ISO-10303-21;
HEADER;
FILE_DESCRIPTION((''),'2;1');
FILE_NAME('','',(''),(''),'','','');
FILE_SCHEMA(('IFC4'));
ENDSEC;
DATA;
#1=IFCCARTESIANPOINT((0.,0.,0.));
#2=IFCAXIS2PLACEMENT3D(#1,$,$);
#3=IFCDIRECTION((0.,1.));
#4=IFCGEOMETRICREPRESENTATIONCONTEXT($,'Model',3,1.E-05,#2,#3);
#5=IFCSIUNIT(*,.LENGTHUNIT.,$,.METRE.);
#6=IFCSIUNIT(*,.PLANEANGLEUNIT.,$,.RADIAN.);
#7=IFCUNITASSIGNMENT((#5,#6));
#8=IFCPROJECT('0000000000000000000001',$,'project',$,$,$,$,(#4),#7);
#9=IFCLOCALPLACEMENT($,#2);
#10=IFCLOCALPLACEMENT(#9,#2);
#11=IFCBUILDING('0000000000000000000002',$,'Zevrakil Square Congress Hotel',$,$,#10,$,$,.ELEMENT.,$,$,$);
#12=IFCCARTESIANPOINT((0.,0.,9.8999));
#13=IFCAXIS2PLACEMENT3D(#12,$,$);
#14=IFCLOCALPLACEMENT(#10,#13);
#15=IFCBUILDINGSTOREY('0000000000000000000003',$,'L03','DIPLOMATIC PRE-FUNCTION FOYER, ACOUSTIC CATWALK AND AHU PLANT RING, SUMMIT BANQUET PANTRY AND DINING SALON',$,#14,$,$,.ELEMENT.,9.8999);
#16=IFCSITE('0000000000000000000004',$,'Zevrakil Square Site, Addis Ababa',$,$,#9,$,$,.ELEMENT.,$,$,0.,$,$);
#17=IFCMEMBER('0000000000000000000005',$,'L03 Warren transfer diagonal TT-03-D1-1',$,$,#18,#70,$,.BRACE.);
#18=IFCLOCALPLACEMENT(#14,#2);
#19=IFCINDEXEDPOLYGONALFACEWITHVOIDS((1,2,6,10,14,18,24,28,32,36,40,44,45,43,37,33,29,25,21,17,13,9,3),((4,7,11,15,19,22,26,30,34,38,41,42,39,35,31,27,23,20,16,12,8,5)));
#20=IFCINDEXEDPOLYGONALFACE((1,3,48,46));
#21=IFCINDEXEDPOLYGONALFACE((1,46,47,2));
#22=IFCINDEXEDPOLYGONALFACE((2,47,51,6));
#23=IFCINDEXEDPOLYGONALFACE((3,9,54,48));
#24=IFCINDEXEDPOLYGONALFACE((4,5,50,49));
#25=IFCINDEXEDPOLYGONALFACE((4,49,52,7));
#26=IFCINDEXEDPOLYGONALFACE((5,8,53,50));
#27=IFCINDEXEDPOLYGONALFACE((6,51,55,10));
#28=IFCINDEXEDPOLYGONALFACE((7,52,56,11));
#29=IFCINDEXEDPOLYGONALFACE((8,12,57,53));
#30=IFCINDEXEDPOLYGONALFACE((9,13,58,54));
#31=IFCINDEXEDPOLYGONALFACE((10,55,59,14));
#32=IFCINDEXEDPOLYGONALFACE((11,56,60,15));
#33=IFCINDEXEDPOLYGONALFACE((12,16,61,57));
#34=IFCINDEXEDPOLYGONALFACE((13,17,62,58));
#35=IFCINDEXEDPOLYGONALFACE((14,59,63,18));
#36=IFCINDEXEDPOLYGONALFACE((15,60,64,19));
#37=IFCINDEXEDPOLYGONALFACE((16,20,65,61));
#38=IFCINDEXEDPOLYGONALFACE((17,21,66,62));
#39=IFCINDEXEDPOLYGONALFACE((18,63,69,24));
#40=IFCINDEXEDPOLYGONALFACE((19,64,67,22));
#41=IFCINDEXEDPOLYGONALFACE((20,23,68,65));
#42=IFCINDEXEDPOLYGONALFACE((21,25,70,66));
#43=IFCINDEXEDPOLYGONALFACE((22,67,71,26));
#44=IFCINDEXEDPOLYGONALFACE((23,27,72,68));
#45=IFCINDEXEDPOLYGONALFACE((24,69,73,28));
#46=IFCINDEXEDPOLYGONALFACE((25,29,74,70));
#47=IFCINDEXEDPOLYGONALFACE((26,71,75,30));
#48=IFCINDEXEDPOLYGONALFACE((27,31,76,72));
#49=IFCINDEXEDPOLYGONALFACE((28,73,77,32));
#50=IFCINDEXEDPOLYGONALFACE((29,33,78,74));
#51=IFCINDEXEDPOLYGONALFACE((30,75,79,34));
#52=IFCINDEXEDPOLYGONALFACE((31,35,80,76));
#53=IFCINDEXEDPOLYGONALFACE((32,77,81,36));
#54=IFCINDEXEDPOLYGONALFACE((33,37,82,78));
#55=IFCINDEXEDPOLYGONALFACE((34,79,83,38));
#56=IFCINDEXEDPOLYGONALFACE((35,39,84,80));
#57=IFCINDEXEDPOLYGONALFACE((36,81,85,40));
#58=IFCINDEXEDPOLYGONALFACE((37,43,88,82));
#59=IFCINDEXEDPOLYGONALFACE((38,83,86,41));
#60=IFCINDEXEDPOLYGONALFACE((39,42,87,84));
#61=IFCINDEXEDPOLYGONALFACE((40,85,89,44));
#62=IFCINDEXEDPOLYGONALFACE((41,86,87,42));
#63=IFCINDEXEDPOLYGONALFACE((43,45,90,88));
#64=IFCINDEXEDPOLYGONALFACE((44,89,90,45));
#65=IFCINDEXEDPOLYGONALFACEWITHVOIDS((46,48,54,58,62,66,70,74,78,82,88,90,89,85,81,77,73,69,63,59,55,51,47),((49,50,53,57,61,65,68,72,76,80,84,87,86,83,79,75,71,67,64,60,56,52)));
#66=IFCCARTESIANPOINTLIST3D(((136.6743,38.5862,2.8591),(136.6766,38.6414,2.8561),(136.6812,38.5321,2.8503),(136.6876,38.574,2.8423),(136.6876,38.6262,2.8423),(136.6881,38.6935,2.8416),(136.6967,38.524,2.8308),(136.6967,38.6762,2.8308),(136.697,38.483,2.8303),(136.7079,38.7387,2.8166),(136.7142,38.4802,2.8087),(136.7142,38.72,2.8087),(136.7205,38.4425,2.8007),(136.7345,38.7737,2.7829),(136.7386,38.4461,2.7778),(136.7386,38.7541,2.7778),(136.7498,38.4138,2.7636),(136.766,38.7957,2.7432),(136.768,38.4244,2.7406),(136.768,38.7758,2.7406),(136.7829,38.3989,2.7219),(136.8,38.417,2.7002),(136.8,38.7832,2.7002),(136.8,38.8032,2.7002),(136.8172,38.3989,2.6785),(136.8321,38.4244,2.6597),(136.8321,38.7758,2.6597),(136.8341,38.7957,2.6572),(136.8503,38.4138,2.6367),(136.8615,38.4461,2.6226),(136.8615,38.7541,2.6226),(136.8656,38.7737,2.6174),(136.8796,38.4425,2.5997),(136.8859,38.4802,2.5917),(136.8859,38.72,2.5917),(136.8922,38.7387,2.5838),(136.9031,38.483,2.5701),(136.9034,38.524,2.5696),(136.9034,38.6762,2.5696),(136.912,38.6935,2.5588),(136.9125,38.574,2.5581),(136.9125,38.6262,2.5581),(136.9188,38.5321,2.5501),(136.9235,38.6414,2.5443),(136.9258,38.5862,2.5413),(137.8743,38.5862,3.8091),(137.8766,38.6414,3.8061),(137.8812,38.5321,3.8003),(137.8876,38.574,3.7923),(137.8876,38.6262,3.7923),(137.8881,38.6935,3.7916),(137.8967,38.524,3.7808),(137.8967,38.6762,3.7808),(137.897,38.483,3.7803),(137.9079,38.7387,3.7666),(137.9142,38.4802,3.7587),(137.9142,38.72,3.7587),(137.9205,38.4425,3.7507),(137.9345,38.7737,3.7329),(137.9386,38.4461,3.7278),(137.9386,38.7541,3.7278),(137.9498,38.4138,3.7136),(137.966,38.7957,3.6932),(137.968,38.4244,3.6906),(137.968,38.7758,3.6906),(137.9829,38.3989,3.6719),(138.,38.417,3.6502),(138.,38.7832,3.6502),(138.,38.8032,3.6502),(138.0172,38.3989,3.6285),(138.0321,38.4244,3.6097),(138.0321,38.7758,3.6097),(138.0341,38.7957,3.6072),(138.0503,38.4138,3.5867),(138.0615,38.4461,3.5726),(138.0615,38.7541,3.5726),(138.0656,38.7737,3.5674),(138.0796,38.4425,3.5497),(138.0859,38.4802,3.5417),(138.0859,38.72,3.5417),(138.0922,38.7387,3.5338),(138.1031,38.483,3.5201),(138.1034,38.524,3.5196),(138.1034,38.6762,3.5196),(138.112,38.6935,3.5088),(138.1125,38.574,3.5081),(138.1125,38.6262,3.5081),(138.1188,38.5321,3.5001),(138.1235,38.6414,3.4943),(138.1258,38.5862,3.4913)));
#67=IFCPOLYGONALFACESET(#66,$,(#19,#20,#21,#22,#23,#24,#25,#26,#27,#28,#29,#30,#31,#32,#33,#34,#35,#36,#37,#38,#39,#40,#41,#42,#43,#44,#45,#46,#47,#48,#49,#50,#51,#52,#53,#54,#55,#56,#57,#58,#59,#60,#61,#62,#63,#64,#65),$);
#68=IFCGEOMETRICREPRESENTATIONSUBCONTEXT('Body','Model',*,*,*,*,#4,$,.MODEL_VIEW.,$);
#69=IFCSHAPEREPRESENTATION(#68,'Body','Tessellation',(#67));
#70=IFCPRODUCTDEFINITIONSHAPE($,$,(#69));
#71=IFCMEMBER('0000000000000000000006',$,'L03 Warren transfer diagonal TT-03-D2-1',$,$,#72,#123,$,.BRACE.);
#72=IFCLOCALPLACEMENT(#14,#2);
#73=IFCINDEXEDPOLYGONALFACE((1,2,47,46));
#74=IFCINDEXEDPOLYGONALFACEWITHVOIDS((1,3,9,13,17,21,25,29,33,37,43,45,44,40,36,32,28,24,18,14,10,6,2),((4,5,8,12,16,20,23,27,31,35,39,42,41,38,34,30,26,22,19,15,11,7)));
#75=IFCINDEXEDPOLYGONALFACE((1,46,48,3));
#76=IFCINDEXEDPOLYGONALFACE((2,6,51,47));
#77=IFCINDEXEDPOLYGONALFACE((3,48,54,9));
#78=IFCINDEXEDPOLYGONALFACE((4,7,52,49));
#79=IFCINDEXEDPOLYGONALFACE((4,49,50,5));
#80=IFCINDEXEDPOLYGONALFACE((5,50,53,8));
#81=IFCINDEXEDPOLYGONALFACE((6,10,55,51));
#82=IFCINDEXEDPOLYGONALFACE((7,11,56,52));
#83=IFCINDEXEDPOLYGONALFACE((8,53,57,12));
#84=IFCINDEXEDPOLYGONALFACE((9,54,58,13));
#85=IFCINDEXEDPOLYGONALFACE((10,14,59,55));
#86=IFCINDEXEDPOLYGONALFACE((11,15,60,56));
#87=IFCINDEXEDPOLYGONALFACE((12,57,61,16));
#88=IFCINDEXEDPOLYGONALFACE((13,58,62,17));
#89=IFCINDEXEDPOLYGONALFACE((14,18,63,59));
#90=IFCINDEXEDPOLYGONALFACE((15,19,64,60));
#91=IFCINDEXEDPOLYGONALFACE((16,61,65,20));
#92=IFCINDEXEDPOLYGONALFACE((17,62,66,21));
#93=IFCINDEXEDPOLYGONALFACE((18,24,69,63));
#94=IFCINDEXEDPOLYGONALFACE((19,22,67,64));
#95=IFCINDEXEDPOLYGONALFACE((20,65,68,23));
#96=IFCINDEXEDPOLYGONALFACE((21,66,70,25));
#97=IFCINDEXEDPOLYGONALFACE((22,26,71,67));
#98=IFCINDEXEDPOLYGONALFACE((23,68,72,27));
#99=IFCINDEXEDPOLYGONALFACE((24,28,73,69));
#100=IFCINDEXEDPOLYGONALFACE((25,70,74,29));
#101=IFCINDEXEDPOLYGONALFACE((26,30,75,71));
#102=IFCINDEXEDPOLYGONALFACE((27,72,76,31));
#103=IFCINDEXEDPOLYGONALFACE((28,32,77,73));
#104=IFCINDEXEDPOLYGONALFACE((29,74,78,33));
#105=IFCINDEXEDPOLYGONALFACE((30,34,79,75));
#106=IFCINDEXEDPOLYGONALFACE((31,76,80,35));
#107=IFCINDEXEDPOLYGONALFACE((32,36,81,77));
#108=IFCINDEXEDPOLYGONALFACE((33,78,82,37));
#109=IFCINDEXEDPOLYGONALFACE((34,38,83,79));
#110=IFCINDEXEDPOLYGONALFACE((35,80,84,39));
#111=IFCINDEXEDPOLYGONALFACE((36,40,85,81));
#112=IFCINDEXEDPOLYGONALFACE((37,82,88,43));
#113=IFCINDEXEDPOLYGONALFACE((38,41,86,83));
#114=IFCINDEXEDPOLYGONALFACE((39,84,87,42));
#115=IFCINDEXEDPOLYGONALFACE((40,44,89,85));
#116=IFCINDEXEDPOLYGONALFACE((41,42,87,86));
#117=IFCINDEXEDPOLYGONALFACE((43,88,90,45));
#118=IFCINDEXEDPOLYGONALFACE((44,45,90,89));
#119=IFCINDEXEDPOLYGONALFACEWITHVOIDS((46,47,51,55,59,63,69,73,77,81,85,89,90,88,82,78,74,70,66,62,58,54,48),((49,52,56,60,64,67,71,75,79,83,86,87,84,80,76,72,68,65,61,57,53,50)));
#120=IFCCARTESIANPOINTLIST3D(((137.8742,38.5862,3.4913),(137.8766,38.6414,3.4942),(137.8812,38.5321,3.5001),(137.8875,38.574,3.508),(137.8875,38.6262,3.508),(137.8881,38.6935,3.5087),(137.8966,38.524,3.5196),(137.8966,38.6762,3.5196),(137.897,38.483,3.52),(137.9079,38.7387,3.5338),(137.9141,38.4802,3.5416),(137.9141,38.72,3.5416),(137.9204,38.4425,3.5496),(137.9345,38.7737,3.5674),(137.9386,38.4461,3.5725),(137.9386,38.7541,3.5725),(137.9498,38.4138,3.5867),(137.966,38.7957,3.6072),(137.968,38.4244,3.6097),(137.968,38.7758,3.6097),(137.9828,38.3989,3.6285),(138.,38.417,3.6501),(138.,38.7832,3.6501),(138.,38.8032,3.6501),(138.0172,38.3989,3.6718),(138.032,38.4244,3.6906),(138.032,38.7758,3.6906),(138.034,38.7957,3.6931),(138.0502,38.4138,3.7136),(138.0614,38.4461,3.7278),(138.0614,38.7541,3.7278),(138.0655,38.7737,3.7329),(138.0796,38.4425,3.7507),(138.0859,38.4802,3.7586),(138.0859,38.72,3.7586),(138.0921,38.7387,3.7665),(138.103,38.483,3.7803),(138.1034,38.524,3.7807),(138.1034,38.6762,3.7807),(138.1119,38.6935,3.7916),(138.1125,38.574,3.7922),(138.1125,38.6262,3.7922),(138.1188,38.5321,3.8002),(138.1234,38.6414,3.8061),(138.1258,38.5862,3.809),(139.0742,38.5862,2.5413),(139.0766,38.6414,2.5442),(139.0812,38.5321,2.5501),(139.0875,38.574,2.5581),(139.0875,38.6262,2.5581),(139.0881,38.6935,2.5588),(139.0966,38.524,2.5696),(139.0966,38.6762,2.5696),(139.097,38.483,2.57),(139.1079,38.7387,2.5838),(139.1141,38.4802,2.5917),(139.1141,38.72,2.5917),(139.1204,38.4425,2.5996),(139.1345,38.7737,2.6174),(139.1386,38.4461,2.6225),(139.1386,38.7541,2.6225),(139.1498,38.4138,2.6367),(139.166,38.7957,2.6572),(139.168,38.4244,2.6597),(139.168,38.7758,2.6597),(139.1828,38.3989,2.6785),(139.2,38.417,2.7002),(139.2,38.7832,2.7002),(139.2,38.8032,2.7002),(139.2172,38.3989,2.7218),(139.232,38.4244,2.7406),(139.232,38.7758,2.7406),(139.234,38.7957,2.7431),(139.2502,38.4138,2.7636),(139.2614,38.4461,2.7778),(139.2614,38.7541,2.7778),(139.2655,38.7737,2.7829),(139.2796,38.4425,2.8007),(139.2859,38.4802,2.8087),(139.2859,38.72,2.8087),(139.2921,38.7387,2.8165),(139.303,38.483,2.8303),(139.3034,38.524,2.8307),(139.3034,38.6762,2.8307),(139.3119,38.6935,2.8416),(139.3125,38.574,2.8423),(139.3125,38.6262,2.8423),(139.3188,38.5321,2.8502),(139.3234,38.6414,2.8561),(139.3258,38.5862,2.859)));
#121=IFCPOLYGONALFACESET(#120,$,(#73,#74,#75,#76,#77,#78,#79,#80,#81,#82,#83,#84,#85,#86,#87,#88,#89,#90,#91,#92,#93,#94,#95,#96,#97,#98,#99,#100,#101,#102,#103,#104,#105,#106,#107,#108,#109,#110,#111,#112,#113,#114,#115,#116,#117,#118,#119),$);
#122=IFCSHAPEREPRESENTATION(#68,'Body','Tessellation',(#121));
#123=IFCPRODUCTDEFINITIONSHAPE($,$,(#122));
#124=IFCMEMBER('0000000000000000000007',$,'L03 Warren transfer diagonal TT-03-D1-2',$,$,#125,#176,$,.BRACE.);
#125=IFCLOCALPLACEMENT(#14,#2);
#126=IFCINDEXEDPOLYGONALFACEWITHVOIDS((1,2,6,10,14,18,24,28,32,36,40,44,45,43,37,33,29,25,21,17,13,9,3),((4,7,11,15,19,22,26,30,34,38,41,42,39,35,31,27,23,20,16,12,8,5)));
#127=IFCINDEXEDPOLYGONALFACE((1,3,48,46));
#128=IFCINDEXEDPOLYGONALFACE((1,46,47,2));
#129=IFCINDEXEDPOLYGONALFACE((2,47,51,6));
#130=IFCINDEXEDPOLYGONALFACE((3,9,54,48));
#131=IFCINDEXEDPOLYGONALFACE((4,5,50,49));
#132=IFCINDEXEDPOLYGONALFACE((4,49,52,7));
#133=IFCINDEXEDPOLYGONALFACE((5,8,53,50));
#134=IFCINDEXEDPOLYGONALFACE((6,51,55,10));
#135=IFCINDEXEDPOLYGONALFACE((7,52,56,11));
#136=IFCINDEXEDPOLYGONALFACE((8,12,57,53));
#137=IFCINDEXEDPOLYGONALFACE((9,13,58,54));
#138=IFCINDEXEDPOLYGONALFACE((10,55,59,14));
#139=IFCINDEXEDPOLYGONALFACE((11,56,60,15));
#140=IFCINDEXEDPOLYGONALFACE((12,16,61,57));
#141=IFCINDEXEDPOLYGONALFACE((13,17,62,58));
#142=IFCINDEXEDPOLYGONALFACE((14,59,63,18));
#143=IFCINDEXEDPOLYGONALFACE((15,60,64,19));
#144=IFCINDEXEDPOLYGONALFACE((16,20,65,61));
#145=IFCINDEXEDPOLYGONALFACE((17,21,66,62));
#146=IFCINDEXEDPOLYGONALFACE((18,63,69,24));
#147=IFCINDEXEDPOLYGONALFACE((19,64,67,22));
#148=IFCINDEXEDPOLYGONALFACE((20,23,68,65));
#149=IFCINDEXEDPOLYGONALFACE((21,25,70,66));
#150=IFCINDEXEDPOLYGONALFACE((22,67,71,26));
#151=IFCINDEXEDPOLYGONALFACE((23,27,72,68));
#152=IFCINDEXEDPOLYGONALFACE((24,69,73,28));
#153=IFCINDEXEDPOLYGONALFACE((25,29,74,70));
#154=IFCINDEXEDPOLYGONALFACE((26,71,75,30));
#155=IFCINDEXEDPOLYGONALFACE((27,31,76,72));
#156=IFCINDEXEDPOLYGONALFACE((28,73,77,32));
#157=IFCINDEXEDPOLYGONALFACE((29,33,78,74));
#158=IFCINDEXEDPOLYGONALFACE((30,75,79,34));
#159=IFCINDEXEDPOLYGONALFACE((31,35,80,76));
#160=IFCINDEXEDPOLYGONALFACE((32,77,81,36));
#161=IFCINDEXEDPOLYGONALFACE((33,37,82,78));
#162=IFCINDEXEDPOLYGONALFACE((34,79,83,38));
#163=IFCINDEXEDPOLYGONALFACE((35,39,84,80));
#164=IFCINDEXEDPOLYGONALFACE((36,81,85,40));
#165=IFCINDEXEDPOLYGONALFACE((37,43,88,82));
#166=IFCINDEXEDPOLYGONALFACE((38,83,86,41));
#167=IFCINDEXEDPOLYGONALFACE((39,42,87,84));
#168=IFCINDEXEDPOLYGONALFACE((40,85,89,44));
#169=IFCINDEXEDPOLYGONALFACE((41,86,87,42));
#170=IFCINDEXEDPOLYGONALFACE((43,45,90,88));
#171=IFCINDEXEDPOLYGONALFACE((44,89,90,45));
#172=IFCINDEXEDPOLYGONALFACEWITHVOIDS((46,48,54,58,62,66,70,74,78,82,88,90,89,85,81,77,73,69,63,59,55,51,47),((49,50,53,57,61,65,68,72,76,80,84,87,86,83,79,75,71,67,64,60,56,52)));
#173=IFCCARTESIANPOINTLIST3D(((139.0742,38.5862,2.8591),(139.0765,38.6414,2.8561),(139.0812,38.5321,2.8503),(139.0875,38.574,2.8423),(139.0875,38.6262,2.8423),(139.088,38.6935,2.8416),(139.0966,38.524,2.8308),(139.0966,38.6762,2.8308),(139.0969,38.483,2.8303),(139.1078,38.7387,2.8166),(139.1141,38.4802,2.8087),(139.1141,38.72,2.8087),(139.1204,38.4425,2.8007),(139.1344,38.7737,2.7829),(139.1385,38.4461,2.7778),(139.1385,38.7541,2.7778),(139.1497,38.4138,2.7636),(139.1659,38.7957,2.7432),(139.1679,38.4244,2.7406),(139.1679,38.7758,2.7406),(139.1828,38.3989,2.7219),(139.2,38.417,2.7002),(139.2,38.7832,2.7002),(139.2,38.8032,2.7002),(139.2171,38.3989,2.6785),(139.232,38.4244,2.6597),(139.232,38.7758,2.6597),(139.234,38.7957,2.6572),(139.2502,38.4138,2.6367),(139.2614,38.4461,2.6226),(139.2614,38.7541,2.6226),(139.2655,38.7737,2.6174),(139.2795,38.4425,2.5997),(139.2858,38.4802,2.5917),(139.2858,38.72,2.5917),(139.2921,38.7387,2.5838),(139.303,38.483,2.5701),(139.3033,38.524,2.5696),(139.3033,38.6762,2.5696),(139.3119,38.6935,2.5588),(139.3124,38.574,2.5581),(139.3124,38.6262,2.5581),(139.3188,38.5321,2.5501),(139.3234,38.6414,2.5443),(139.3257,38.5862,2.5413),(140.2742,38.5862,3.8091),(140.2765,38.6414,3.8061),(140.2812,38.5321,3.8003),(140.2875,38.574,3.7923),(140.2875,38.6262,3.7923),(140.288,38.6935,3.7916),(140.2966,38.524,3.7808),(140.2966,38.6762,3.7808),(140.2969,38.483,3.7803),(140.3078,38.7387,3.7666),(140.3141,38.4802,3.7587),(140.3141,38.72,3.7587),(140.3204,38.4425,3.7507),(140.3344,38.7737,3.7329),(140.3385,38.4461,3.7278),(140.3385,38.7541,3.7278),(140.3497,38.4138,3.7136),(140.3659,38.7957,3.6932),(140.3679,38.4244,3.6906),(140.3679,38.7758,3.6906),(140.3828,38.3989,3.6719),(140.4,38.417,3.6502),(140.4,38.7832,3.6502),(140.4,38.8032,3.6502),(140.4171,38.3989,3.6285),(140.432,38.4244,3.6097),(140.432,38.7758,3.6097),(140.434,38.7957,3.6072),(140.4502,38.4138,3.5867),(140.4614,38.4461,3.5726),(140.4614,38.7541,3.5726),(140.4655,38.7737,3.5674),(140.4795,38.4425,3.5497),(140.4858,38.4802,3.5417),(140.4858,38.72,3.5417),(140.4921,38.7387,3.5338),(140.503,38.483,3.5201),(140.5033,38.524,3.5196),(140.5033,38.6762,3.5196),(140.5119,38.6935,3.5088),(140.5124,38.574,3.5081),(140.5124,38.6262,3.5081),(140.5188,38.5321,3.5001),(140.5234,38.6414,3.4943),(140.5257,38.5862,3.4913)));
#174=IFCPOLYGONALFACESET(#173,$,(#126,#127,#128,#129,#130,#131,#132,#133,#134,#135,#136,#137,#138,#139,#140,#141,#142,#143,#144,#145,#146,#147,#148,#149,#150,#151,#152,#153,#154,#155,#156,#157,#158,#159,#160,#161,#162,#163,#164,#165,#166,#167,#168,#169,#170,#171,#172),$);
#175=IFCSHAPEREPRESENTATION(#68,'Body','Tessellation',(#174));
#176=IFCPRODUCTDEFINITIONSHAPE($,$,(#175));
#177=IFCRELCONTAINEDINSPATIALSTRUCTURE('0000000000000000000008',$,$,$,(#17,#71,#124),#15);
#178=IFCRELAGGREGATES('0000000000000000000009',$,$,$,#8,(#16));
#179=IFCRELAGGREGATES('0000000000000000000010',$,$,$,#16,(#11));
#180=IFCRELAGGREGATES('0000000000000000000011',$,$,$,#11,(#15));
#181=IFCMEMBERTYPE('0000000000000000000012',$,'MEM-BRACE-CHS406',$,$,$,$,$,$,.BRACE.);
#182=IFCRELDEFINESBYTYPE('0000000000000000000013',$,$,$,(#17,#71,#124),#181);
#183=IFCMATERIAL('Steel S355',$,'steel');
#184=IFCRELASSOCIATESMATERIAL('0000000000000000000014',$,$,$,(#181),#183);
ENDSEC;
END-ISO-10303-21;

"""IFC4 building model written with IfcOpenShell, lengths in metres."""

from ifc_helpers import new_model, si_unit, direction, frame, origin, origin_2d, place, context, subcontext, project, spatial, hollow_circle, extrude, material, material_profile, profile_set, type_object, element, save


model = new_model("IFC4")

# Units and contexts
model_context = context("Model", 3, precision=1e-05, world=origin(), true_north=direction((0.0, 1.0)))
body_context = subcontext(model_context, "Body", "Model", "MODEL_VIEW")
ifc_project = project(units=[si_unit("LENGTHUNIT", "METRE"), si_unit("PLANEANGLEUNIT", "RADIAN")], contexts=[model_context])

# Site, building, storey
site_placement = place(None, origin())
site = spatial("IfcSite", under=ifc_project, at=site_placement, Name="Zevrakil Square Site, Addis Ababa", CompositionType="ELEMENT", RefElevation=0.0)
building_placement = place(site_placement, origin())
building = spatial("IfcBuilding", under=site, at=building_placement, Name="Zevrakil Square Congress Hotel", CompositionType="ELEMENT")
storey_placement = place(building_placement, frame((0.0, 0.0, 9.8999)))
storey = spatial("IfcBuildingStorey", under=building, at=storey_placement, Name="L03", Description="DIPLOMATIC PRE-FUNCTION FOYER, ACOUSTIC CATWALK AND AHU PLANT RING, SUMMIT BANQUET PANTRY AND DINING SALON", CompositionType="ELEMENT", Elevation=9.8999)

# Members
ifc_material_1 = material(Name="Steel S355", Category="steel")
ifc_material_profile_1 = material_profile(ifc_material_1, hollow_circle(Radius=0.2031, WallThickness=0.02, at=origin_2d()), Name="CHS 406.4x20")
ifc_profile_set_1 = profile_set([ifc_material_profile_1], Name="Steel S355")
member_type_1 = type_object("IfcMemberType", Name="MEM-BRACE-CHS406", PredefinedType="BRACE", material=ifc_profile_set_1)
for number, where, z_axis, x_axis, name in (
    (1, (136.8, 38.6001, 2.7002), (0.784049, 0.0, 0.620699), (0.0, 1.0, 0.0), "L03 Warren transfer diagonal TT-03-D1-1"),
    (2, (138.0, 38.6001, 3.6501), (0.784049, 0.0, -0.620699), (0.0, 1.0, 0.0), "L03 Warren transfer diagonal TT-03-D2-1"),
    (3, (139.2, 38.6001, 2.7002), (0.784049, 0.0, 0.620699), (0.0, 1.0, 0.0), "L03 Warren transfer diagonal TT-03-D1-2"),
):
    element("IfcMember", number, at=place(storey_placement, frame(where, z_axis=z_axis, x_axis=x_axis)), inside=storey, type_object=member_type_1, Name=name, PredefinedType="BRACE", context=body_context, shape_type="SweptSolid", body=[
        extrude(hollow_circle(Radius=0.2031, WallThickness=0.02, at=origin_2d()), origin(), (0.0, 0.0, 1.0), 1.5305),
    ])

save(model, "model.ifc")
